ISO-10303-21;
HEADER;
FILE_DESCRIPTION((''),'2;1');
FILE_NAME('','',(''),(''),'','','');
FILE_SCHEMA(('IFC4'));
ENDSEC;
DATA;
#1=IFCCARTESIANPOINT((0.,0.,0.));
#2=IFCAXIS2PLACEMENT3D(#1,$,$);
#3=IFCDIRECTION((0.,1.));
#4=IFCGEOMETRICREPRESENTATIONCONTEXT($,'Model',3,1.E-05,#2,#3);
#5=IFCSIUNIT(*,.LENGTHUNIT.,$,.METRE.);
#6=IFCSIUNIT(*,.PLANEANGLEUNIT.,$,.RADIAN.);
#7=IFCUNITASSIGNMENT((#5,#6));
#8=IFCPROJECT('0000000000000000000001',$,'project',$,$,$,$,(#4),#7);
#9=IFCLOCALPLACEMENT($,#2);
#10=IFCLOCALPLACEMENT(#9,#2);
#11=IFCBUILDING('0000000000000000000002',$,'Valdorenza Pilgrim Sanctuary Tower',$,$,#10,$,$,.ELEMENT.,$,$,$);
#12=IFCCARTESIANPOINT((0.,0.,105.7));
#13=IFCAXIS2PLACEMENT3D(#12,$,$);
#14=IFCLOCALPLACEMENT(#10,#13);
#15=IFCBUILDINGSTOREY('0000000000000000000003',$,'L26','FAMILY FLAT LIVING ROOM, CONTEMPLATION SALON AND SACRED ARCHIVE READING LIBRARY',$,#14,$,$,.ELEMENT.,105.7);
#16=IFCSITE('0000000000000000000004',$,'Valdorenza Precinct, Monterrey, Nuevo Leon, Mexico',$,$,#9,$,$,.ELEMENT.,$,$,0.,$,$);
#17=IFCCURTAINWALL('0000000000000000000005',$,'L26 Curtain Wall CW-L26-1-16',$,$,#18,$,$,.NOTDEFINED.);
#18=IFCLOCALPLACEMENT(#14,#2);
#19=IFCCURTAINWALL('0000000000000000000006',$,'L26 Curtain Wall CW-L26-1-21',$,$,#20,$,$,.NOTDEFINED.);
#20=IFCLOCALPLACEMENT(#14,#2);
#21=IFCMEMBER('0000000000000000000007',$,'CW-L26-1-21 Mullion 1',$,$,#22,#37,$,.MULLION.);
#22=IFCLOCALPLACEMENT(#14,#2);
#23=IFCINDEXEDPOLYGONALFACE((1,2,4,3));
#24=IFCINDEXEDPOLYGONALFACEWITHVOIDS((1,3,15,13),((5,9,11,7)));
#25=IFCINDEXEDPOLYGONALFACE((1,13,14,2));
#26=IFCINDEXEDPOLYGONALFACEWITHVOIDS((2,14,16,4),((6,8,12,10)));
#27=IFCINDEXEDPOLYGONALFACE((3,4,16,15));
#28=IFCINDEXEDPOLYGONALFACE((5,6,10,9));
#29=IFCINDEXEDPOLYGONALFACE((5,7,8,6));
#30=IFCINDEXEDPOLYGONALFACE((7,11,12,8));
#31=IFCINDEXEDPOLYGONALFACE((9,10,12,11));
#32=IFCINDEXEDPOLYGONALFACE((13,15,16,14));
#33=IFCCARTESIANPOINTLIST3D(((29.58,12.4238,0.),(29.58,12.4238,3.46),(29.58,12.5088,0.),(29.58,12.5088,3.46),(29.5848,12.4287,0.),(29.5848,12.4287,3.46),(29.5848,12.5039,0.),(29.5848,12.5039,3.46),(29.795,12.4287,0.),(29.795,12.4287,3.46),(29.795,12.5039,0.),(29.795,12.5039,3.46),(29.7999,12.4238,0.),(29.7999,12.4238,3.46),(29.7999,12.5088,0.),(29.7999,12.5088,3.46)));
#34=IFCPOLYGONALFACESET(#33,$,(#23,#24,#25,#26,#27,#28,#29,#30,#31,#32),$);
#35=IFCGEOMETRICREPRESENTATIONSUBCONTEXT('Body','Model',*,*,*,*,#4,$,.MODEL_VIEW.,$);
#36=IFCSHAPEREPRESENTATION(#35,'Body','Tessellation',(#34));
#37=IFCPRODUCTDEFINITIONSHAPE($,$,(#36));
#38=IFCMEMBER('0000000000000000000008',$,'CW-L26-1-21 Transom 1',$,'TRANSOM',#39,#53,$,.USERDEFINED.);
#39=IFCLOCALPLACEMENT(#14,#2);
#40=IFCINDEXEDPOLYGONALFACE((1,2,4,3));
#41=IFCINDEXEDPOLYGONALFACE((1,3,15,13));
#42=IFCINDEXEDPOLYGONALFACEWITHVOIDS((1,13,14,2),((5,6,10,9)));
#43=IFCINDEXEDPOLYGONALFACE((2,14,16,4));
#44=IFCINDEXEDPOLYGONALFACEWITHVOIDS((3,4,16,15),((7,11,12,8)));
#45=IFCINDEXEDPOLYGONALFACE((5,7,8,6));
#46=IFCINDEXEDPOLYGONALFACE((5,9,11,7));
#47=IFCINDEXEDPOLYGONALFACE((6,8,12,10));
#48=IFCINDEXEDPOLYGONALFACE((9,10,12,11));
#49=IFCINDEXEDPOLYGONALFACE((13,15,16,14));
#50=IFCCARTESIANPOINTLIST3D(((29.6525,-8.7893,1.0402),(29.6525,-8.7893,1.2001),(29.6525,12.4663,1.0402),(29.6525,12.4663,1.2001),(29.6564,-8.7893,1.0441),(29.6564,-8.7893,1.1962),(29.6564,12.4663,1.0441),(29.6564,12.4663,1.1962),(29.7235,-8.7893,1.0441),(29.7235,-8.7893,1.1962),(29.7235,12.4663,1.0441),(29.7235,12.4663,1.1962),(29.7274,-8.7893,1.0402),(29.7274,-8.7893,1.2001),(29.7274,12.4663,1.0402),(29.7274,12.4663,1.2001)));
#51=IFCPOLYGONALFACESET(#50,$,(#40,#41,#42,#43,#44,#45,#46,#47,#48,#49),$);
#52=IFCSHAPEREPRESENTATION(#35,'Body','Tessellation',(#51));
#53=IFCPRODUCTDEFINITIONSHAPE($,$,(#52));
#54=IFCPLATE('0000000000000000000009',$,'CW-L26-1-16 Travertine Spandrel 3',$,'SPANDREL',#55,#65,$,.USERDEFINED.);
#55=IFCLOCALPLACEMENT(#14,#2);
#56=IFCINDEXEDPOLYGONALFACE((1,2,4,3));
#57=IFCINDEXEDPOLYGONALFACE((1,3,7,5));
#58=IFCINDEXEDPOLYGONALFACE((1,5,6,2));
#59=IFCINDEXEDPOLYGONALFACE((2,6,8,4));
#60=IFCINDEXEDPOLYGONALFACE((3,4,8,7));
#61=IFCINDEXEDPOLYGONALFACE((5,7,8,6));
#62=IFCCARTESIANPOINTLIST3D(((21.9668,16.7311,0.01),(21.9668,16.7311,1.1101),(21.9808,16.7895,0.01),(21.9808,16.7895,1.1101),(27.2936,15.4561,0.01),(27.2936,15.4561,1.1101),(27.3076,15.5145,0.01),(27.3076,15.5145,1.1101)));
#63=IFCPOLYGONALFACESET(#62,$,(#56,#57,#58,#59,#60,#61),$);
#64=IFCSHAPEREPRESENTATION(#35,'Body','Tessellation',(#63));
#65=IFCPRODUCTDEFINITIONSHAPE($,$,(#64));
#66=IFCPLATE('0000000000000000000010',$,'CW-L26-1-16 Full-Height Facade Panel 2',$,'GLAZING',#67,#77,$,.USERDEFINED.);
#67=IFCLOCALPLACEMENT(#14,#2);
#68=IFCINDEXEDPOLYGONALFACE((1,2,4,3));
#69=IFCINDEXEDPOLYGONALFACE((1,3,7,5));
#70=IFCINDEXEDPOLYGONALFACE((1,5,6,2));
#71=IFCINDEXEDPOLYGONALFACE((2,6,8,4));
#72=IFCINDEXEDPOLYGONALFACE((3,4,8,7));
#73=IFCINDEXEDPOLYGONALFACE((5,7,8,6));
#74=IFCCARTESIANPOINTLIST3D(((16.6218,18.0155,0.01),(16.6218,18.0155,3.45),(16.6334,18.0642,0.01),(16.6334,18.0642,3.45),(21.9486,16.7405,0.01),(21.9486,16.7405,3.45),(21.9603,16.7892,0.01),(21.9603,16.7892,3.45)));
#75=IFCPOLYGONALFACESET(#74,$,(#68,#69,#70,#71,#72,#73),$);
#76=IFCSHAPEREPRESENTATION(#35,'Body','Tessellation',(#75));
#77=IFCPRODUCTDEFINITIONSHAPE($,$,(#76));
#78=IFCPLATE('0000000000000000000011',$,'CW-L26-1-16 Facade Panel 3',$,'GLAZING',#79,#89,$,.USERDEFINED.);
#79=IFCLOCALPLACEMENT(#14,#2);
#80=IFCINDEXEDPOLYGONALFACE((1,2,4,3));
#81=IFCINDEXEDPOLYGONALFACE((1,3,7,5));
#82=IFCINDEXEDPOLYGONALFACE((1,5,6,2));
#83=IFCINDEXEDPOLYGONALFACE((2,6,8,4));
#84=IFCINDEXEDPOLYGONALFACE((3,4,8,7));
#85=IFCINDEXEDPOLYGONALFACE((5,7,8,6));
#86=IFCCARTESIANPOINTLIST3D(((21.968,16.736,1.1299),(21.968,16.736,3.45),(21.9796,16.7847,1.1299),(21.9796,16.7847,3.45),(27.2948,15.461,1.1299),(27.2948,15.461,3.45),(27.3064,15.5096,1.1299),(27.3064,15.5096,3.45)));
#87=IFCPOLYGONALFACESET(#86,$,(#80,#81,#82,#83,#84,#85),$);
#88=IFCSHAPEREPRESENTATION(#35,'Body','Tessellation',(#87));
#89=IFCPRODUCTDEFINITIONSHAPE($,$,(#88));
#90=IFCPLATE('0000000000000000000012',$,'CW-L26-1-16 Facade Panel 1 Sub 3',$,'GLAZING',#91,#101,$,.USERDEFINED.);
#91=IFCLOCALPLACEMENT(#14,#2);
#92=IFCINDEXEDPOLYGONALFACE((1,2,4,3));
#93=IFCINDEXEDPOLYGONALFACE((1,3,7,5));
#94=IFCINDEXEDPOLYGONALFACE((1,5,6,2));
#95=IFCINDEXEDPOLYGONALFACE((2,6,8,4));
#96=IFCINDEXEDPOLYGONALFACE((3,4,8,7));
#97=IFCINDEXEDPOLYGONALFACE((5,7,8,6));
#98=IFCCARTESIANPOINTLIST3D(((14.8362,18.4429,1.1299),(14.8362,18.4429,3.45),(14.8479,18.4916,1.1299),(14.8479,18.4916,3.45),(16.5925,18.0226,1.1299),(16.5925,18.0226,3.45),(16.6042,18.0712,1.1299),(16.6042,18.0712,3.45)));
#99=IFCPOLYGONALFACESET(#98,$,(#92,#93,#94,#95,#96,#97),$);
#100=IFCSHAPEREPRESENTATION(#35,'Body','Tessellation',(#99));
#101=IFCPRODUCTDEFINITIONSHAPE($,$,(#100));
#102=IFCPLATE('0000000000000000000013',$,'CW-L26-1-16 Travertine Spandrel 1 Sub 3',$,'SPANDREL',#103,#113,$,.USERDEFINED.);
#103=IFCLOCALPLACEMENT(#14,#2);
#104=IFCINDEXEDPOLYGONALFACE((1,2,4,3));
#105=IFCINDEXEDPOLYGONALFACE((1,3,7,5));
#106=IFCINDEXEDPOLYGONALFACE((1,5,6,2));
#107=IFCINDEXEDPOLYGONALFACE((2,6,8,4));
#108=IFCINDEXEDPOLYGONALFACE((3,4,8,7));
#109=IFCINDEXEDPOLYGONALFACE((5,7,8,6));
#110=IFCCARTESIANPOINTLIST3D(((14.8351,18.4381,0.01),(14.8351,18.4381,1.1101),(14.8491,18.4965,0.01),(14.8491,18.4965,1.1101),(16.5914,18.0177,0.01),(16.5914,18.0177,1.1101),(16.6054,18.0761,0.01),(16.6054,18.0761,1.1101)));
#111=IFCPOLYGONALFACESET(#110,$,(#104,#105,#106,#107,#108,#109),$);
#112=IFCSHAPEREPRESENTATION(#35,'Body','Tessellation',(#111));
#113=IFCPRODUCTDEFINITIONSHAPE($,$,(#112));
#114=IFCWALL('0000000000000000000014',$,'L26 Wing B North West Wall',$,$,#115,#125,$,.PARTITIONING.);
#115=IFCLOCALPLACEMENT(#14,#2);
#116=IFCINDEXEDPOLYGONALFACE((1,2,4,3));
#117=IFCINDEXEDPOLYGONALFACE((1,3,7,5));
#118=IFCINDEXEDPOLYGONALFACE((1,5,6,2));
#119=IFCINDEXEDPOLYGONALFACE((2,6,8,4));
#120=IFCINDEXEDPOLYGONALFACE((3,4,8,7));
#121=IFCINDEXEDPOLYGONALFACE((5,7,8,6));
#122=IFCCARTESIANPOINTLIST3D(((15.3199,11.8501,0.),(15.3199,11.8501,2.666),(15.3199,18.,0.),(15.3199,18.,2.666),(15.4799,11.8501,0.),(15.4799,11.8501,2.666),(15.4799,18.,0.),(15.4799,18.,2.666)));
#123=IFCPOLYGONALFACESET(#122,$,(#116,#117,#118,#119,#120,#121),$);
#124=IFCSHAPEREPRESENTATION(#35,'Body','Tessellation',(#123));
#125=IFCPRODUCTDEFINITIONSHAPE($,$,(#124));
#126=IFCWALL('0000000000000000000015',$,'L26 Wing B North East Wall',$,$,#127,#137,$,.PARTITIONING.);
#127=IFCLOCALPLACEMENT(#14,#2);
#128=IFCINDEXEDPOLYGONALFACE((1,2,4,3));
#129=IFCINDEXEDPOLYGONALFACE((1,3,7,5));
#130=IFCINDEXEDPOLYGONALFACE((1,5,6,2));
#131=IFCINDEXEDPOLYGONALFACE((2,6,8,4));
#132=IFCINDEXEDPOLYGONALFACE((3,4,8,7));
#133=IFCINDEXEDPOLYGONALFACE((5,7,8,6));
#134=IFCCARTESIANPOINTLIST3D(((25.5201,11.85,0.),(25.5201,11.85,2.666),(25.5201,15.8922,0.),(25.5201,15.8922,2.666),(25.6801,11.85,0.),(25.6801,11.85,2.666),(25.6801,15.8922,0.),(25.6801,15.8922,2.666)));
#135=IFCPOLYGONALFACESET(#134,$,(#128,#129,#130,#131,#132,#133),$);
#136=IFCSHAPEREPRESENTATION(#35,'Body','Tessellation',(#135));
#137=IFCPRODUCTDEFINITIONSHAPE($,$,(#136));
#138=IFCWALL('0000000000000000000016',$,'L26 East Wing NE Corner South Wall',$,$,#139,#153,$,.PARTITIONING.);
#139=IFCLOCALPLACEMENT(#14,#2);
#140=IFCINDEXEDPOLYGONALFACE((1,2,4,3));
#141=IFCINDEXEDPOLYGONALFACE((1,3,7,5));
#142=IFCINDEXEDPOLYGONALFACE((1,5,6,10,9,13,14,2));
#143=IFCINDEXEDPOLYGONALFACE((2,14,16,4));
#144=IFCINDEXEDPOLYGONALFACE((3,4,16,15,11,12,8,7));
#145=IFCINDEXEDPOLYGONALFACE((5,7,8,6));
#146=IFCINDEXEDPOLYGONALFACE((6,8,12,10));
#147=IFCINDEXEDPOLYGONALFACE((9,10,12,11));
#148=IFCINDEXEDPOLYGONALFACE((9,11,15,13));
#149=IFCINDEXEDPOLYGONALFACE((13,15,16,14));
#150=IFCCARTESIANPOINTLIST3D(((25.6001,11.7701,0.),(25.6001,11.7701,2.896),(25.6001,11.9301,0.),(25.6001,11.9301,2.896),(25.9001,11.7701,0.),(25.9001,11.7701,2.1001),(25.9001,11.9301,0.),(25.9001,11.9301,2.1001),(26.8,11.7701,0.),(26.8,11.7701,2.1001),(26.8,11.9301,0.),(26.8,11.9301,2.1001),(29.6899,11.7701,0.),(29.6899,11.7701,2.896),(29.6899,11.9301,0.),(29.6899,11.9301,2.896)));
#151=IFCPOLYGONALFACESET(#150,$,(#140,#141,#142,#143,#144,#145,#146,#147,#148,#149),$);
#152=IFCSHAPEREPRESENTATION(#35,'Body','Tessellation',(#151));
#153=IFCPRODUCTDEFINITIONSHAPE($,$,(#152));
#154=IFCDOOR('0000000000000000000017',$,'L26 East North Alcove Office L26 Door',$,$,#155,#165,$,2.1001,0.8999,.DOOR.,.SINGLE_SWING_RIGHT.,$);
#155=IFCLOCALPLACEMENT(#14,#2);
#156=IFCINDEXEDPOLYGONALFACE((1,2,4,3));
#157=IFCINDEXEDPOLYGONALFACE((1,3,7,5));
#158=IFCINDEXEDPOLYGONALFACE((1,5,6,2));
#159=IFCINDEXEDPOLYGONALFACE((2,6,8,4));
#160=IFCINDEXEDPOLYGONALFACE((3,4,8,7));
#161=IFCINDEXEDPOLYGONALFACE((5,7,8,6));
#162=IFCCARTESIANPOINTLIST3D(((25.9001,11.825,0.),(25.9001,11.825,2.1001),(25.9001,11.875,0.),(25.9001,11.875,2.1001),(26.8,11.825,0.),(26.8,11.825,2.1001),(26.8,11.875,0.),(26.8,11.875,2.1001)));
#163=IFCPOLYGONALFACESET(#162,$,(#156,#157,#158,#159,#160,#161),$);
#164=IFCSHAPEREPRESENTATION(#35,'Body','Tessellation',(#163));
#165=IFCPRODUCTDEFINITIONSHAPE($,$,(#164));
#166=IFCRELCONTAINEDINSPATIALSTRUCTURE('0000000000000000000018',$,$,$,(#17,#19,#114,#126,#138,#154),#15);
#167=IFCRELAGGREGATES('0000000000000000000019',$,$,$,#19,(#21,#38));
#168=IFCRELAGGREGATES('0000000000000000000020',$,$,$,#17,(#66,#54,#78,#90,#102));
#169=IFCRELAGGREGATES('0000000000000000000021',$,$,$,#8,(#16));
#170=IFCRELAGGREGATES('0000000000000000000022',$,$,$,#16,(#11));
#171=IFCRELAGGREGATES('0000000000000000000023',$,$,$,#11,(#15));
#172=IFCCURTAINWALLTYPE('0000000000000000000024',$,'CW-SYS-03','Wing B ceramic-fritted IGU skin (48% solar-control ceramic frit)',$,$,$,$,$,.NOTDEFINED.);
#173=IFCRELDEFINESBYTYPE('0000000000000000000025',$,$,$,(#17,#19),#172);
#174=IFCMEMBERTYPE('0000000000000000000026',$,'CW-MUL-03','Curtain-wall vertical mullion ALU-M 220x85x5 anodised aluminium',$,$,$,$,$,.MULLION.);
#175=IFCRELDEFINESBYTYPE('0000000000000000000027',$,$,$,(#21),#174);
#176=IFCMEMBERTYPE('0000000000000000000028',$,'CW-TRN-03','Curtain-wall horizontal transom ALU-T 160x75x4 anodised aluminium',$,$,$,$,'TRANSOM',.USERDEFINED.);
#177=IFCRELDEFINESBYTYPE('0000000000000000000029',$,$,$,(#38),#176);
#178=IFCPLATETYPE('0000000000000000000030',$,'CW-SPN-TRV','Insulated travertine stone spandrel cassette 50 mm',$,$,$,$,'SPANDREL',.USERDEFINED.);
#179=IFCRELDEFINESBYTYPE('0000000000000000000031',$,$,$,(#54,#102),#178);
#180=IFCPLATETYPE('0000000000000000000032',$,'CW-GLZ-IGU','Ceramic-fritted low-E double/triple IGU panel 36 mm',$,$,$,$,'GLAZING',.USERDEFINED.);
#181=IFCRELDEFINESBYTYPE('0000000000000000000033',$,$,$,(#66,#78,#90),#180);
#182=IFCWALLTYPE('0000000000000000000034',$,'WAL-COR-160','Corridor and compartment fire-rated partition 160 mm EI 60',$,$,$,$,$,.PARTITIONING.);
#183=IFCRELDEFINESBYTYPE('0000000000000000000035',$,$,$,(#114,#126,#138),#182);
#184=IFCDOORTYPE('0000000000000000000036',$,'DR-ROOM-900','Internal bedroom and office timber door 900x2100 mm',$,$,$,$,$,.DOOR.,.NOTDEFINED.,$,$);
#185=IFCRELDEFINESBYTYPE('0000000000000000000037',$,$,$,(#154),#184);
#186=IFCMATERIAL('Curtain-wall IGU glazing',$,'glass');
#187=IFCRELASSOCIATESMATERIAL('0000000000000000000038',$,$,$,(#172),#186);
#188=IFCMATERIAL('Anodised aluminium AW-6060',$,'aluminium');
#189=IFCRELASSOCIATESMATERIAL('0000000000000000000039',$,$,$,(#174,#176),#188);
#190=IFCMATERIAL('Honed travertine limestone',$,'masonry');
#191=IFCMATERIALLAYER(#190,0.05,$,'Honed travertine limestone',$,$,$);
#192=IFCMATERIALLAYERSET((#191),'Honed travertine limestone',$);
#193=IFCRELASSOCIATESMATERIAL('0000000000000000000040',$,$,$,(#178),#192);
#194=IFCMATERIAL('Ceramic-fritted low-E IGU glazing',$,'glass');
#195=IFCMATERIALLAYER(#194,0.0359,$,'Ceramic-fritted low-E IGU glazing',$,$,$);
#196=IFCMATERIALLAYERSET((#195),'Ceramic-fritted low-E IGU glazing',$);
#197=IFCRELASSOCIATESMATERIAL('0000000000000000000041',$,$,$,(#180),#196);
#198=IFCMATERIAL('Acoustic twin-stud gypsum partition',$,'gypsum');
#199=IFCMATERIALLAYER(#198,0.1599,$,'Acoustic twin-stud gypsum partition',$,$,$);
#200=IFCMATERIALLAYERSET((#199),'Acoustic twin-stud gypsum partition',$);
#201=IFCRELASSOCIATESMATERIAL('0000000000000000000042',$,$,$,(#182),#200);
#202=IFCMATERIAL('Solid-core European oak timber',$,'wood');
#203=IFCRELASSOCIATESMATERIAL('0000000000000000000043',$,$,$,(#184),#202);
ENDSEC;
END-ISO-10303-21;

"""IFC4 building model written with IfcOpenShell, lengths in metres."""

from ifc_helpers import new_model, si_unit, direction, frame, frame_2d, origin, origin_2d, place, context, subcontext, project, spatial, rectangle, hollow_rectangle, extrude, source, transform, mapped, material, layer, layer_set, material_profile, profile_set, type_object, element, fill, aggregate, save


model = new_model("IFC4")

# Units and contexts
model_context = context("Model", 3, precision=1e-05, world=origin(), true_north=direction((0.0, 1.0)))
body_context = subcontext(model_context, "Body", "Model", "MODEL_VIEW")
ifc_project = project(units=[si_unit("LENGTHUNIT", "METRE"), si_unit("PLANEANGLEUNIT", "RADIAN")], contexts=[model_context])

# Site, building, storey
site_placement = place(None, origin())
site = spatial("IfcSite", under=ifc_project, at=site_placement, Name="Valdorenza Precinct, Monterrey, Nuevo Leon, Mexico", CompositionType="ELEMENT", RefElevation=0.0)
building_placement = place(site_placement, origin())
building = spatial("IfcBuilding", under=site, at=building_placement, Name="Valdorenza Pilgrim Sanctuary Tower", CompositionType="ELEMENT")
storey_placement = place(building_placement, frame((0.0, 0.0, 105.7)))
storey = spatial("IfcBuildingStorey", under=building, at=storey_placement, Name="L26", Description="FAMILY FLAT LIVING ROOM, CONTEMPLATION SALON AND SACRED ARCHIVE READING LIBRARY", CompositionType="ELEMENT", Elevation=105.7)

# Curtain walls, members
ifc_material_1 = material(Name="Curtain-wall IGU glazing", Category="glass")
curtain_wall_type = type_object("IfcCurtainWallType", Name="CW-SYS-03", Description="Wing B ceramic-fritted IGU skin (48% solar-control ceramic frit)", PredefinedType="NOTDEFINED", material=ifc_material_1)
curtain_wall_1_placement = place(storey_placement, origin())
curtain_wall_1 = element("IfcCurtainWall", 1, at=curtain_wall_1_placement, inside=storey, type_object=curtain_wall_type, Name="L26 Curtain Wall CW-L26-1-16", PredefinedType="NOTDEFINED")
ifc_material_2 = material(Name="Anodised aluminium AW-6060", Category="aluminium")
ifc_material_profile_1 = material_profile(ifc_material_2, hollow_rectangle(XDim=0.085, YDim=0.22, WallThickness=0.0049, at=origin_2d()), Name="ALU-M 220x85x5")
ifc_profile_set_1 = profile_set([ifc_material_profile_1], Name="Anodised aluminium AW-6060")
member_type_1 = type_object("IfcMemberType", Name="CW-MUL-03", Description="Curtain-wall vertical mullion ALU-M 220x85x5 anodised aluminium", PredefinedType="MULLION", material=ifc_profile_set_1)
shared_shape_1 = source(origin(), body_context, "Body", "SweptSolid", [
    extrude(hollow_rectangle(XDim=0.085, YDim=0.22, WallThickness=0.0049, at=origin_2d()), origin(), (0.0, 0.0, 1.0), 3.46),
])
curtain_wall_2_placement = place(storey_placement, origin())
curtain_wall_2 = element("IfcCurtainWall", 2, at=curtain_wall_2_placement, inside=storey, type_object=curtain_wall_type, Name="L26 Curtain Wall CW-L26-1-21", PredefinedType="NOTDEFINED")
member_1_placement = place(storey_placement, frame((29.6899, 12.4663, 0.0), z_axis=(0.0, 0.0, 1.0), x_axis=(0.0, -1.0, 0.0)))
member_1 = element("IfcMember", 3, at=member_1_placement, type_object=member_type_1, Name="CW-L26-1-21 Mullion 1", PredefinedType="MULLION", context=body_context, shape_type="MappedRepresentation", body=[
    mapped(shared_shape_1, transform((0.0, 0.0, 0.0), x_axis=(1.0, 0.0, 0.0), y_axis=(0.0, 1.0, 0.0), z_axis=(0.0, 0.0, 1.0), scale=1.0)),
])
ifc_material_profile_2 = material_profile(ifc_material_2, hollow_rectangle(XDim=0.075, YDim=0.1599, WallThickness=0.0039, at=origin_2d()), Name="ALU-T 160x75x4")
ifc_profile_set_2 = profile_set([ifc_material_profile_2], Name="Anodised aluminium AW-6060")
member_type_2 = type_object("IfcMemberType", Name="CW-TRN-03", Description="Curtain-wall horizontal transom ALU-T 160x75x4 anodised aluminium", ElementType="TRANSOM", PredefinedType="USERDEFINED", material=ifc_profile_set_2)
shared_shape_2 = source(origin(), body_context, "Body", "SweptSolid", [
    extrude(hollow_rectangle(XDim=0.075, YDim=0.1599, WallThickness=0.0039, at=origin_2d()), origin(), (0.0, 0.0, 1.0), 21.2556),
])
member_2_placement = place(storey_placement, frame((29.6899, 12.4663, 1.1201), z_axis=(0.0, -1.0, 0.0), x_axis=(1.0, 0.0, 0.0)))
member_2 = element("IfcMember", 4, at=member_2_placement, type_object=member_type_2, Name="CW-L26-1-21 Transom 1", ObjectType="TRANSOM", PredefinedType="USERDEFINED", context=body_context, shape_type="MappedRepresentation", body=[
    mapped(shared_shape_2, transform((0.0, 0.0, 0.0), x_axis=(1.0, 0.0, 0.0), y_axis=(0.0, 1.0, 0.0), z_axis=(0.0, 0.0, 1.0), scale=1.0)),
])
aggregate(curtain_wall_2, [member_1, member_2])

# Plates
ifc_material_3 = material(Name="Honed travertine limestone", Category="masonry")
ifc_layer_1 = layer(ifc_material_3, 0.05, Name="Honed travertine limestone")
ifc_layer_set_1 = layer_set([ifc_layer_1], Name="Honed travertine limestone")
plate_type_1 = type_object("IfcPlateType", Name="CW-SPN-TRV", Description="Insulated travertine stone spandrel cassette 50 mm", ElementType="SPANDREL", PredefinedType="USERDEFINED", material=ifc_layer_set_1)
shared_shape_3 = source(origin(), body_context, "Body", "SweptSolid", [
    extrude(rectangle(XDim=5.4773, YDim=0.0601, at=origin_2d()), origin(), (0.0, 0.0, 1.0), 1.1001),
])
plate_1_placement = place(storey_placement, frame((24.6372, 16.1228, 0.01), z_axis=(0.0, 0.0, 1.0), x_axis=(0.972529, -0.232783, 0.0)))
plate_1 = element("IfcPlate", 5, at=plate_1_placement, type_object=plate_type_1, Name="CW-L26-1-16 Travertine Spandrel 3", ObjectType="SPANDREL", PredefinedType="USERDEFINED", context=body_context, shape_type="MappedRepresentation", body=[
    mapped(shared_shape_3, transform((0.0, 0.0, 0.0), x_axis=(1.0, 0.0, 0.0), y_axis=(0.0, 1.0, 0.0), z_axis=(0.0, 0.0, 1.0), scale=1.0)),
])
ifc_material_4 = material(Name="Ceramic-fritted low-E IGU glazing", Category="glass")
ifc_layer_2 = layer(ifc_material_4, 0.0359, Name="Ceramic-fritted low-E IGU glazing")
ifc_layer_set_2 = layer_set([ifc_layer_2], Name="Ceramic-fritted low-E IGU glazing")
plate_type_2 = type_object("IfcPlateType", Name="CW-GLZ-IGU", Description="Ceramic-fritted low-E double/triple IGU panel 36 mm", ElementType="GLAZING", PredefinedType="USERDEFINED", material=ifc_layer_set_2)
shared_shape_4 = source(origin(), body_context, "Body", "SweptSolid", [
    extrude(rectangle(XDim=5.4773, YDim=0.05, at=origin_2d()), origin(), (0.0, 0.0, 1.0), 3.4399),
])
plate_2_placement = place(storey_placement, frame((19.291, 17.4023, 0.01), z_axis=(0.0, 0.0, 1.0), x_axis=(0.972529, -0.232783, 0.0)))
plate_2 = element("IfcPlate", 6, at=plate_2_placement, type_object=plate_type_2, Name="CW-L26-1-16 Full-Height Facade Panel 2", ObjectType="GLAZING", PredefinedType="USERDEFINED", context=body_context, shape_type="MappedRepresentation", body=[
    mapped(shared_shape_4, transform((0.0, 0.0, 0.0), x_axis=(1.0, 0.0, 0.0), y_axis=(0.0, 1.0, 0.0), z_axis=(0.0, 0.0, 1.0), scale=1.0)),
])
shared_shape_5 = source(origin(), body_context, "Body", "SweptSolid", [
    extrude(rectangle(XDim=5.4773, YDim=0.05, at=origin_2d()), origin(), (0.0, 0.0, 1.0), 2.3201),
])
plate_3_placement = place(storey_placement, frame((24.6372, 16.1228, 1.1299), z_axis=(0.0, 0.0, 1.0), x_axis=(0.972529, -0.232783, 0.0)))
plate_3 = element("IfcPlate", 7, at=plate_3_placement, type_object=plate_type_2, Name="CW-L26-1-16 Facade Panel 3", ObjectType="GLAZING", PredefinedType="USERDEFINED", context=body_context, shape_type="MappedRepresentation", body=[
    mapped(shared_shape_5, transform((0.0, 0.0, 0.0), x_axis=(1.0, 0.0, 0.0), y_axis=(0.0, 1.0, 0.0), z_axis=(0.0, 0.0, 1.0), scale=1.0)),
])
shared_shape_6 = source(origin(), body_context, "Body", "SweptSolid", [
    extrude(rectangle(XDim=1.8059, YDim=0.05, at=origin_2d()), origin(), (0.0, 0.0, 1.0), 2.3201),
])
plate_4_placement = place(storey_placement, frame((15.7202, 18.2571, 1.1299), z_axis=(0.0, 0.0, 1.0), x_axis=(0.972529, -0.232783, 0.0)))
plate_4 = element("IfcPlate", 8, at=plate_4_placement, type_object=plate_type_2, Name="CW-L26-1-16 Facade Panel 1 Sub 3", ObjectType="GLAZING", PredefinedType="USERDEFINED", context=body_context, shape_type="MappedRepresentation", body=[
    mapped(shared_shape_6, transform((0.0, 0.0, 0.0), x_axis=(1.0, 0.0, 0.0), y_axis=(0.0, 1.0, 0.0), z_axis=(0.0, 0.0, 1.0), scale=1.0)),
])
shared_shape_7 = source(origin(), body_context, "Body", "SweptSolid", [
    extrude(rectangle(XDim=1.8059, YDim=0.0601, at=origin_2d()), origin(), (0.0, 0.0, 1.0), 1.1001),
])
plate_5_placement = place(storey_placement, frame((15.7202, 18.2571, 0.01), z_axis=(0.0, 0.0, 1.0), x_axis=(0.972529, -0.232783, 0.0)))
plate_5 = element("IfcPlate", 9, at=plate_5_placement, type_object=plate_type_1, Name="CW-L26-1-16 Travertine Spandrel 1 Sub 3", ObjectType="SPANDREL", PredefinedType="USERDEFINED", context=body_context, shape_type="MappedRepresentation", body=[
    mapped(shared_shape_7, transform((0.0, 0.0, 0.0), x_axis=(1.0, 0.0, 0.0), y_axis=(0.0, 1.0, 0.0), z_axis=(0.0, 0.0, 1.0), scale=1.0)),
])
aggregate(curtain_wall_1, [plate_2, plate_1, plate_3, plate_4, plate_5])

# Walls
ifc_material_5 = material(Name="Acoustic twin-stud gypsum partition", Category="gypsum")
ifc_layer_3 = layer(ifc_material_5, 0.1599, Name="Acoustic twin-stud gypsum partition")
ifc_layer_set_3 = layer_set([ifc_layer_3], Name="Acoustic twin-stud gypsum partition")
wall_type_1 = type_object("IfcWallType", Name="WAL-COR-160", Description="Corridor and compartment fire-rated partition 160 mm EI 60", PredefinedType="PARTITIONING", material=ifc_layer_set_3)
wall_1_placement = place(storey_placement, frame((15.3999, 11.8501, 0.0), z_axis=(0.0, 0.0, 1.0), x_axis=(0.0, 1.0, 0.0)))
element("IfcWall", 10, at=wall_1_placement, inside=storey, type_object=wall_type_1, Name="L26 Wing B North West Wall", PredefinedType="PARTITIONING", context=body_context, shape_type="SweptSolid", body=[
    extrude(rectangle(XDim=6.1499, YDim=0.1599, at=frame_2d((3.075, 0.0))), origin(), (0.0, 0.0, 1.0), 2.666),
])
wall_2_placement = place(storey_placement, frame((25.6001, 11.8501, 0.0), z_axis=(0.0, 0.0, 1.0), x_axis=(0.0, 1.0, 0.0)))
element("IfcWall", 11, at=wall_2_placement, inside=storey, type_object=wall_type_1, Name="L26 Wing B North East Wall", PredefinedType="PARTITIONING", context=body_context, shape_type="SweptSolid", body=[
    extrude(rectangle(XDim=4.0422, YDim=0.1599, at=frame_2d((2.021, 0.0))), origin(), (0.0, 0.0, 1.0), 2.666),
])

# Wall, opening, door
wall_3_placement = place(storey_placement, frame((25.6001, 11.8501, 0.0), z_axis=(0.0, 0.0, 1.0), x_axis=(1.0, 0.0, 0.0)))
wall_3 = element("IfcWall", 12, at=wall_3_placement, inside=storey, type_object=wall_type_1, Name="L26 East Wing NE Corner South Wall", PredefinedType="PARTITIONING", context=body_context, shape_type="SweptSolid", body=[
    extrude(rectangle(XDim=4.0898, YDim=0.1599, at=frame_2d((2.0449, 0.0))), origin(), (0.0, 0.0, 1.0), 2.896),
])
opening_placement = place(wall_3_placement, frame((0.3, 0.0, 0.0)))
opening = element("IfcOpeningElement", 13, at=opening_placement, cuts=wall_3, PredefinedType="OPENING", context=body_context, shape_type="SweptSolid", body=[
    extrude(rectangle(XDim=0.8999, YDim=2.1001, at=frame_2d((0.45, 1.05))), frame((0.0, 0.0947, 0.0), z_axis=(0.0, -1.0, 0.0), x_axis=(1.0, 0.0, 0.0)), (0.0, 0.0, 1.0), 0.1897),
])
ifc_material_6 = material(Name="Solid-core European oak timber", Category="wood")
door_type = type_object("IfcDoorType", Name="DR-ROOM-900", Description="Internal bedroom and office timber door 900x2100 mm", OperationType="NOTDEFINED", PredefinedType="DOOR", material=ifc_material_6)
door_placement = place(opening_placement, origin())
door = element("IfcDoor", 14, at=door_placement, inside=storey, type_object=door_type, Name="L26 East North Alcove Office L26 Door", OperationType="SINGLE_SWING_RIGHT", OverallHeight=2.1001, OverallWidth=0.8999, PredefinedType="DOOR", context=body_context, shape_type="SweptSolid", body=[
    extrude(rectangle(XDim=0.8999, YDim=2.1001, at=frame_2d((0.45, 1.05))), frame((0.0, 0.0249, 0.0), z_axis=(0.0, -1.0, 0.0), x_axis=(1.0, 0.0, 0.0)), (0.0, 0.0, 1.0), 0.05),
])
fill(opening, door)

save(model, "model.ifc")
